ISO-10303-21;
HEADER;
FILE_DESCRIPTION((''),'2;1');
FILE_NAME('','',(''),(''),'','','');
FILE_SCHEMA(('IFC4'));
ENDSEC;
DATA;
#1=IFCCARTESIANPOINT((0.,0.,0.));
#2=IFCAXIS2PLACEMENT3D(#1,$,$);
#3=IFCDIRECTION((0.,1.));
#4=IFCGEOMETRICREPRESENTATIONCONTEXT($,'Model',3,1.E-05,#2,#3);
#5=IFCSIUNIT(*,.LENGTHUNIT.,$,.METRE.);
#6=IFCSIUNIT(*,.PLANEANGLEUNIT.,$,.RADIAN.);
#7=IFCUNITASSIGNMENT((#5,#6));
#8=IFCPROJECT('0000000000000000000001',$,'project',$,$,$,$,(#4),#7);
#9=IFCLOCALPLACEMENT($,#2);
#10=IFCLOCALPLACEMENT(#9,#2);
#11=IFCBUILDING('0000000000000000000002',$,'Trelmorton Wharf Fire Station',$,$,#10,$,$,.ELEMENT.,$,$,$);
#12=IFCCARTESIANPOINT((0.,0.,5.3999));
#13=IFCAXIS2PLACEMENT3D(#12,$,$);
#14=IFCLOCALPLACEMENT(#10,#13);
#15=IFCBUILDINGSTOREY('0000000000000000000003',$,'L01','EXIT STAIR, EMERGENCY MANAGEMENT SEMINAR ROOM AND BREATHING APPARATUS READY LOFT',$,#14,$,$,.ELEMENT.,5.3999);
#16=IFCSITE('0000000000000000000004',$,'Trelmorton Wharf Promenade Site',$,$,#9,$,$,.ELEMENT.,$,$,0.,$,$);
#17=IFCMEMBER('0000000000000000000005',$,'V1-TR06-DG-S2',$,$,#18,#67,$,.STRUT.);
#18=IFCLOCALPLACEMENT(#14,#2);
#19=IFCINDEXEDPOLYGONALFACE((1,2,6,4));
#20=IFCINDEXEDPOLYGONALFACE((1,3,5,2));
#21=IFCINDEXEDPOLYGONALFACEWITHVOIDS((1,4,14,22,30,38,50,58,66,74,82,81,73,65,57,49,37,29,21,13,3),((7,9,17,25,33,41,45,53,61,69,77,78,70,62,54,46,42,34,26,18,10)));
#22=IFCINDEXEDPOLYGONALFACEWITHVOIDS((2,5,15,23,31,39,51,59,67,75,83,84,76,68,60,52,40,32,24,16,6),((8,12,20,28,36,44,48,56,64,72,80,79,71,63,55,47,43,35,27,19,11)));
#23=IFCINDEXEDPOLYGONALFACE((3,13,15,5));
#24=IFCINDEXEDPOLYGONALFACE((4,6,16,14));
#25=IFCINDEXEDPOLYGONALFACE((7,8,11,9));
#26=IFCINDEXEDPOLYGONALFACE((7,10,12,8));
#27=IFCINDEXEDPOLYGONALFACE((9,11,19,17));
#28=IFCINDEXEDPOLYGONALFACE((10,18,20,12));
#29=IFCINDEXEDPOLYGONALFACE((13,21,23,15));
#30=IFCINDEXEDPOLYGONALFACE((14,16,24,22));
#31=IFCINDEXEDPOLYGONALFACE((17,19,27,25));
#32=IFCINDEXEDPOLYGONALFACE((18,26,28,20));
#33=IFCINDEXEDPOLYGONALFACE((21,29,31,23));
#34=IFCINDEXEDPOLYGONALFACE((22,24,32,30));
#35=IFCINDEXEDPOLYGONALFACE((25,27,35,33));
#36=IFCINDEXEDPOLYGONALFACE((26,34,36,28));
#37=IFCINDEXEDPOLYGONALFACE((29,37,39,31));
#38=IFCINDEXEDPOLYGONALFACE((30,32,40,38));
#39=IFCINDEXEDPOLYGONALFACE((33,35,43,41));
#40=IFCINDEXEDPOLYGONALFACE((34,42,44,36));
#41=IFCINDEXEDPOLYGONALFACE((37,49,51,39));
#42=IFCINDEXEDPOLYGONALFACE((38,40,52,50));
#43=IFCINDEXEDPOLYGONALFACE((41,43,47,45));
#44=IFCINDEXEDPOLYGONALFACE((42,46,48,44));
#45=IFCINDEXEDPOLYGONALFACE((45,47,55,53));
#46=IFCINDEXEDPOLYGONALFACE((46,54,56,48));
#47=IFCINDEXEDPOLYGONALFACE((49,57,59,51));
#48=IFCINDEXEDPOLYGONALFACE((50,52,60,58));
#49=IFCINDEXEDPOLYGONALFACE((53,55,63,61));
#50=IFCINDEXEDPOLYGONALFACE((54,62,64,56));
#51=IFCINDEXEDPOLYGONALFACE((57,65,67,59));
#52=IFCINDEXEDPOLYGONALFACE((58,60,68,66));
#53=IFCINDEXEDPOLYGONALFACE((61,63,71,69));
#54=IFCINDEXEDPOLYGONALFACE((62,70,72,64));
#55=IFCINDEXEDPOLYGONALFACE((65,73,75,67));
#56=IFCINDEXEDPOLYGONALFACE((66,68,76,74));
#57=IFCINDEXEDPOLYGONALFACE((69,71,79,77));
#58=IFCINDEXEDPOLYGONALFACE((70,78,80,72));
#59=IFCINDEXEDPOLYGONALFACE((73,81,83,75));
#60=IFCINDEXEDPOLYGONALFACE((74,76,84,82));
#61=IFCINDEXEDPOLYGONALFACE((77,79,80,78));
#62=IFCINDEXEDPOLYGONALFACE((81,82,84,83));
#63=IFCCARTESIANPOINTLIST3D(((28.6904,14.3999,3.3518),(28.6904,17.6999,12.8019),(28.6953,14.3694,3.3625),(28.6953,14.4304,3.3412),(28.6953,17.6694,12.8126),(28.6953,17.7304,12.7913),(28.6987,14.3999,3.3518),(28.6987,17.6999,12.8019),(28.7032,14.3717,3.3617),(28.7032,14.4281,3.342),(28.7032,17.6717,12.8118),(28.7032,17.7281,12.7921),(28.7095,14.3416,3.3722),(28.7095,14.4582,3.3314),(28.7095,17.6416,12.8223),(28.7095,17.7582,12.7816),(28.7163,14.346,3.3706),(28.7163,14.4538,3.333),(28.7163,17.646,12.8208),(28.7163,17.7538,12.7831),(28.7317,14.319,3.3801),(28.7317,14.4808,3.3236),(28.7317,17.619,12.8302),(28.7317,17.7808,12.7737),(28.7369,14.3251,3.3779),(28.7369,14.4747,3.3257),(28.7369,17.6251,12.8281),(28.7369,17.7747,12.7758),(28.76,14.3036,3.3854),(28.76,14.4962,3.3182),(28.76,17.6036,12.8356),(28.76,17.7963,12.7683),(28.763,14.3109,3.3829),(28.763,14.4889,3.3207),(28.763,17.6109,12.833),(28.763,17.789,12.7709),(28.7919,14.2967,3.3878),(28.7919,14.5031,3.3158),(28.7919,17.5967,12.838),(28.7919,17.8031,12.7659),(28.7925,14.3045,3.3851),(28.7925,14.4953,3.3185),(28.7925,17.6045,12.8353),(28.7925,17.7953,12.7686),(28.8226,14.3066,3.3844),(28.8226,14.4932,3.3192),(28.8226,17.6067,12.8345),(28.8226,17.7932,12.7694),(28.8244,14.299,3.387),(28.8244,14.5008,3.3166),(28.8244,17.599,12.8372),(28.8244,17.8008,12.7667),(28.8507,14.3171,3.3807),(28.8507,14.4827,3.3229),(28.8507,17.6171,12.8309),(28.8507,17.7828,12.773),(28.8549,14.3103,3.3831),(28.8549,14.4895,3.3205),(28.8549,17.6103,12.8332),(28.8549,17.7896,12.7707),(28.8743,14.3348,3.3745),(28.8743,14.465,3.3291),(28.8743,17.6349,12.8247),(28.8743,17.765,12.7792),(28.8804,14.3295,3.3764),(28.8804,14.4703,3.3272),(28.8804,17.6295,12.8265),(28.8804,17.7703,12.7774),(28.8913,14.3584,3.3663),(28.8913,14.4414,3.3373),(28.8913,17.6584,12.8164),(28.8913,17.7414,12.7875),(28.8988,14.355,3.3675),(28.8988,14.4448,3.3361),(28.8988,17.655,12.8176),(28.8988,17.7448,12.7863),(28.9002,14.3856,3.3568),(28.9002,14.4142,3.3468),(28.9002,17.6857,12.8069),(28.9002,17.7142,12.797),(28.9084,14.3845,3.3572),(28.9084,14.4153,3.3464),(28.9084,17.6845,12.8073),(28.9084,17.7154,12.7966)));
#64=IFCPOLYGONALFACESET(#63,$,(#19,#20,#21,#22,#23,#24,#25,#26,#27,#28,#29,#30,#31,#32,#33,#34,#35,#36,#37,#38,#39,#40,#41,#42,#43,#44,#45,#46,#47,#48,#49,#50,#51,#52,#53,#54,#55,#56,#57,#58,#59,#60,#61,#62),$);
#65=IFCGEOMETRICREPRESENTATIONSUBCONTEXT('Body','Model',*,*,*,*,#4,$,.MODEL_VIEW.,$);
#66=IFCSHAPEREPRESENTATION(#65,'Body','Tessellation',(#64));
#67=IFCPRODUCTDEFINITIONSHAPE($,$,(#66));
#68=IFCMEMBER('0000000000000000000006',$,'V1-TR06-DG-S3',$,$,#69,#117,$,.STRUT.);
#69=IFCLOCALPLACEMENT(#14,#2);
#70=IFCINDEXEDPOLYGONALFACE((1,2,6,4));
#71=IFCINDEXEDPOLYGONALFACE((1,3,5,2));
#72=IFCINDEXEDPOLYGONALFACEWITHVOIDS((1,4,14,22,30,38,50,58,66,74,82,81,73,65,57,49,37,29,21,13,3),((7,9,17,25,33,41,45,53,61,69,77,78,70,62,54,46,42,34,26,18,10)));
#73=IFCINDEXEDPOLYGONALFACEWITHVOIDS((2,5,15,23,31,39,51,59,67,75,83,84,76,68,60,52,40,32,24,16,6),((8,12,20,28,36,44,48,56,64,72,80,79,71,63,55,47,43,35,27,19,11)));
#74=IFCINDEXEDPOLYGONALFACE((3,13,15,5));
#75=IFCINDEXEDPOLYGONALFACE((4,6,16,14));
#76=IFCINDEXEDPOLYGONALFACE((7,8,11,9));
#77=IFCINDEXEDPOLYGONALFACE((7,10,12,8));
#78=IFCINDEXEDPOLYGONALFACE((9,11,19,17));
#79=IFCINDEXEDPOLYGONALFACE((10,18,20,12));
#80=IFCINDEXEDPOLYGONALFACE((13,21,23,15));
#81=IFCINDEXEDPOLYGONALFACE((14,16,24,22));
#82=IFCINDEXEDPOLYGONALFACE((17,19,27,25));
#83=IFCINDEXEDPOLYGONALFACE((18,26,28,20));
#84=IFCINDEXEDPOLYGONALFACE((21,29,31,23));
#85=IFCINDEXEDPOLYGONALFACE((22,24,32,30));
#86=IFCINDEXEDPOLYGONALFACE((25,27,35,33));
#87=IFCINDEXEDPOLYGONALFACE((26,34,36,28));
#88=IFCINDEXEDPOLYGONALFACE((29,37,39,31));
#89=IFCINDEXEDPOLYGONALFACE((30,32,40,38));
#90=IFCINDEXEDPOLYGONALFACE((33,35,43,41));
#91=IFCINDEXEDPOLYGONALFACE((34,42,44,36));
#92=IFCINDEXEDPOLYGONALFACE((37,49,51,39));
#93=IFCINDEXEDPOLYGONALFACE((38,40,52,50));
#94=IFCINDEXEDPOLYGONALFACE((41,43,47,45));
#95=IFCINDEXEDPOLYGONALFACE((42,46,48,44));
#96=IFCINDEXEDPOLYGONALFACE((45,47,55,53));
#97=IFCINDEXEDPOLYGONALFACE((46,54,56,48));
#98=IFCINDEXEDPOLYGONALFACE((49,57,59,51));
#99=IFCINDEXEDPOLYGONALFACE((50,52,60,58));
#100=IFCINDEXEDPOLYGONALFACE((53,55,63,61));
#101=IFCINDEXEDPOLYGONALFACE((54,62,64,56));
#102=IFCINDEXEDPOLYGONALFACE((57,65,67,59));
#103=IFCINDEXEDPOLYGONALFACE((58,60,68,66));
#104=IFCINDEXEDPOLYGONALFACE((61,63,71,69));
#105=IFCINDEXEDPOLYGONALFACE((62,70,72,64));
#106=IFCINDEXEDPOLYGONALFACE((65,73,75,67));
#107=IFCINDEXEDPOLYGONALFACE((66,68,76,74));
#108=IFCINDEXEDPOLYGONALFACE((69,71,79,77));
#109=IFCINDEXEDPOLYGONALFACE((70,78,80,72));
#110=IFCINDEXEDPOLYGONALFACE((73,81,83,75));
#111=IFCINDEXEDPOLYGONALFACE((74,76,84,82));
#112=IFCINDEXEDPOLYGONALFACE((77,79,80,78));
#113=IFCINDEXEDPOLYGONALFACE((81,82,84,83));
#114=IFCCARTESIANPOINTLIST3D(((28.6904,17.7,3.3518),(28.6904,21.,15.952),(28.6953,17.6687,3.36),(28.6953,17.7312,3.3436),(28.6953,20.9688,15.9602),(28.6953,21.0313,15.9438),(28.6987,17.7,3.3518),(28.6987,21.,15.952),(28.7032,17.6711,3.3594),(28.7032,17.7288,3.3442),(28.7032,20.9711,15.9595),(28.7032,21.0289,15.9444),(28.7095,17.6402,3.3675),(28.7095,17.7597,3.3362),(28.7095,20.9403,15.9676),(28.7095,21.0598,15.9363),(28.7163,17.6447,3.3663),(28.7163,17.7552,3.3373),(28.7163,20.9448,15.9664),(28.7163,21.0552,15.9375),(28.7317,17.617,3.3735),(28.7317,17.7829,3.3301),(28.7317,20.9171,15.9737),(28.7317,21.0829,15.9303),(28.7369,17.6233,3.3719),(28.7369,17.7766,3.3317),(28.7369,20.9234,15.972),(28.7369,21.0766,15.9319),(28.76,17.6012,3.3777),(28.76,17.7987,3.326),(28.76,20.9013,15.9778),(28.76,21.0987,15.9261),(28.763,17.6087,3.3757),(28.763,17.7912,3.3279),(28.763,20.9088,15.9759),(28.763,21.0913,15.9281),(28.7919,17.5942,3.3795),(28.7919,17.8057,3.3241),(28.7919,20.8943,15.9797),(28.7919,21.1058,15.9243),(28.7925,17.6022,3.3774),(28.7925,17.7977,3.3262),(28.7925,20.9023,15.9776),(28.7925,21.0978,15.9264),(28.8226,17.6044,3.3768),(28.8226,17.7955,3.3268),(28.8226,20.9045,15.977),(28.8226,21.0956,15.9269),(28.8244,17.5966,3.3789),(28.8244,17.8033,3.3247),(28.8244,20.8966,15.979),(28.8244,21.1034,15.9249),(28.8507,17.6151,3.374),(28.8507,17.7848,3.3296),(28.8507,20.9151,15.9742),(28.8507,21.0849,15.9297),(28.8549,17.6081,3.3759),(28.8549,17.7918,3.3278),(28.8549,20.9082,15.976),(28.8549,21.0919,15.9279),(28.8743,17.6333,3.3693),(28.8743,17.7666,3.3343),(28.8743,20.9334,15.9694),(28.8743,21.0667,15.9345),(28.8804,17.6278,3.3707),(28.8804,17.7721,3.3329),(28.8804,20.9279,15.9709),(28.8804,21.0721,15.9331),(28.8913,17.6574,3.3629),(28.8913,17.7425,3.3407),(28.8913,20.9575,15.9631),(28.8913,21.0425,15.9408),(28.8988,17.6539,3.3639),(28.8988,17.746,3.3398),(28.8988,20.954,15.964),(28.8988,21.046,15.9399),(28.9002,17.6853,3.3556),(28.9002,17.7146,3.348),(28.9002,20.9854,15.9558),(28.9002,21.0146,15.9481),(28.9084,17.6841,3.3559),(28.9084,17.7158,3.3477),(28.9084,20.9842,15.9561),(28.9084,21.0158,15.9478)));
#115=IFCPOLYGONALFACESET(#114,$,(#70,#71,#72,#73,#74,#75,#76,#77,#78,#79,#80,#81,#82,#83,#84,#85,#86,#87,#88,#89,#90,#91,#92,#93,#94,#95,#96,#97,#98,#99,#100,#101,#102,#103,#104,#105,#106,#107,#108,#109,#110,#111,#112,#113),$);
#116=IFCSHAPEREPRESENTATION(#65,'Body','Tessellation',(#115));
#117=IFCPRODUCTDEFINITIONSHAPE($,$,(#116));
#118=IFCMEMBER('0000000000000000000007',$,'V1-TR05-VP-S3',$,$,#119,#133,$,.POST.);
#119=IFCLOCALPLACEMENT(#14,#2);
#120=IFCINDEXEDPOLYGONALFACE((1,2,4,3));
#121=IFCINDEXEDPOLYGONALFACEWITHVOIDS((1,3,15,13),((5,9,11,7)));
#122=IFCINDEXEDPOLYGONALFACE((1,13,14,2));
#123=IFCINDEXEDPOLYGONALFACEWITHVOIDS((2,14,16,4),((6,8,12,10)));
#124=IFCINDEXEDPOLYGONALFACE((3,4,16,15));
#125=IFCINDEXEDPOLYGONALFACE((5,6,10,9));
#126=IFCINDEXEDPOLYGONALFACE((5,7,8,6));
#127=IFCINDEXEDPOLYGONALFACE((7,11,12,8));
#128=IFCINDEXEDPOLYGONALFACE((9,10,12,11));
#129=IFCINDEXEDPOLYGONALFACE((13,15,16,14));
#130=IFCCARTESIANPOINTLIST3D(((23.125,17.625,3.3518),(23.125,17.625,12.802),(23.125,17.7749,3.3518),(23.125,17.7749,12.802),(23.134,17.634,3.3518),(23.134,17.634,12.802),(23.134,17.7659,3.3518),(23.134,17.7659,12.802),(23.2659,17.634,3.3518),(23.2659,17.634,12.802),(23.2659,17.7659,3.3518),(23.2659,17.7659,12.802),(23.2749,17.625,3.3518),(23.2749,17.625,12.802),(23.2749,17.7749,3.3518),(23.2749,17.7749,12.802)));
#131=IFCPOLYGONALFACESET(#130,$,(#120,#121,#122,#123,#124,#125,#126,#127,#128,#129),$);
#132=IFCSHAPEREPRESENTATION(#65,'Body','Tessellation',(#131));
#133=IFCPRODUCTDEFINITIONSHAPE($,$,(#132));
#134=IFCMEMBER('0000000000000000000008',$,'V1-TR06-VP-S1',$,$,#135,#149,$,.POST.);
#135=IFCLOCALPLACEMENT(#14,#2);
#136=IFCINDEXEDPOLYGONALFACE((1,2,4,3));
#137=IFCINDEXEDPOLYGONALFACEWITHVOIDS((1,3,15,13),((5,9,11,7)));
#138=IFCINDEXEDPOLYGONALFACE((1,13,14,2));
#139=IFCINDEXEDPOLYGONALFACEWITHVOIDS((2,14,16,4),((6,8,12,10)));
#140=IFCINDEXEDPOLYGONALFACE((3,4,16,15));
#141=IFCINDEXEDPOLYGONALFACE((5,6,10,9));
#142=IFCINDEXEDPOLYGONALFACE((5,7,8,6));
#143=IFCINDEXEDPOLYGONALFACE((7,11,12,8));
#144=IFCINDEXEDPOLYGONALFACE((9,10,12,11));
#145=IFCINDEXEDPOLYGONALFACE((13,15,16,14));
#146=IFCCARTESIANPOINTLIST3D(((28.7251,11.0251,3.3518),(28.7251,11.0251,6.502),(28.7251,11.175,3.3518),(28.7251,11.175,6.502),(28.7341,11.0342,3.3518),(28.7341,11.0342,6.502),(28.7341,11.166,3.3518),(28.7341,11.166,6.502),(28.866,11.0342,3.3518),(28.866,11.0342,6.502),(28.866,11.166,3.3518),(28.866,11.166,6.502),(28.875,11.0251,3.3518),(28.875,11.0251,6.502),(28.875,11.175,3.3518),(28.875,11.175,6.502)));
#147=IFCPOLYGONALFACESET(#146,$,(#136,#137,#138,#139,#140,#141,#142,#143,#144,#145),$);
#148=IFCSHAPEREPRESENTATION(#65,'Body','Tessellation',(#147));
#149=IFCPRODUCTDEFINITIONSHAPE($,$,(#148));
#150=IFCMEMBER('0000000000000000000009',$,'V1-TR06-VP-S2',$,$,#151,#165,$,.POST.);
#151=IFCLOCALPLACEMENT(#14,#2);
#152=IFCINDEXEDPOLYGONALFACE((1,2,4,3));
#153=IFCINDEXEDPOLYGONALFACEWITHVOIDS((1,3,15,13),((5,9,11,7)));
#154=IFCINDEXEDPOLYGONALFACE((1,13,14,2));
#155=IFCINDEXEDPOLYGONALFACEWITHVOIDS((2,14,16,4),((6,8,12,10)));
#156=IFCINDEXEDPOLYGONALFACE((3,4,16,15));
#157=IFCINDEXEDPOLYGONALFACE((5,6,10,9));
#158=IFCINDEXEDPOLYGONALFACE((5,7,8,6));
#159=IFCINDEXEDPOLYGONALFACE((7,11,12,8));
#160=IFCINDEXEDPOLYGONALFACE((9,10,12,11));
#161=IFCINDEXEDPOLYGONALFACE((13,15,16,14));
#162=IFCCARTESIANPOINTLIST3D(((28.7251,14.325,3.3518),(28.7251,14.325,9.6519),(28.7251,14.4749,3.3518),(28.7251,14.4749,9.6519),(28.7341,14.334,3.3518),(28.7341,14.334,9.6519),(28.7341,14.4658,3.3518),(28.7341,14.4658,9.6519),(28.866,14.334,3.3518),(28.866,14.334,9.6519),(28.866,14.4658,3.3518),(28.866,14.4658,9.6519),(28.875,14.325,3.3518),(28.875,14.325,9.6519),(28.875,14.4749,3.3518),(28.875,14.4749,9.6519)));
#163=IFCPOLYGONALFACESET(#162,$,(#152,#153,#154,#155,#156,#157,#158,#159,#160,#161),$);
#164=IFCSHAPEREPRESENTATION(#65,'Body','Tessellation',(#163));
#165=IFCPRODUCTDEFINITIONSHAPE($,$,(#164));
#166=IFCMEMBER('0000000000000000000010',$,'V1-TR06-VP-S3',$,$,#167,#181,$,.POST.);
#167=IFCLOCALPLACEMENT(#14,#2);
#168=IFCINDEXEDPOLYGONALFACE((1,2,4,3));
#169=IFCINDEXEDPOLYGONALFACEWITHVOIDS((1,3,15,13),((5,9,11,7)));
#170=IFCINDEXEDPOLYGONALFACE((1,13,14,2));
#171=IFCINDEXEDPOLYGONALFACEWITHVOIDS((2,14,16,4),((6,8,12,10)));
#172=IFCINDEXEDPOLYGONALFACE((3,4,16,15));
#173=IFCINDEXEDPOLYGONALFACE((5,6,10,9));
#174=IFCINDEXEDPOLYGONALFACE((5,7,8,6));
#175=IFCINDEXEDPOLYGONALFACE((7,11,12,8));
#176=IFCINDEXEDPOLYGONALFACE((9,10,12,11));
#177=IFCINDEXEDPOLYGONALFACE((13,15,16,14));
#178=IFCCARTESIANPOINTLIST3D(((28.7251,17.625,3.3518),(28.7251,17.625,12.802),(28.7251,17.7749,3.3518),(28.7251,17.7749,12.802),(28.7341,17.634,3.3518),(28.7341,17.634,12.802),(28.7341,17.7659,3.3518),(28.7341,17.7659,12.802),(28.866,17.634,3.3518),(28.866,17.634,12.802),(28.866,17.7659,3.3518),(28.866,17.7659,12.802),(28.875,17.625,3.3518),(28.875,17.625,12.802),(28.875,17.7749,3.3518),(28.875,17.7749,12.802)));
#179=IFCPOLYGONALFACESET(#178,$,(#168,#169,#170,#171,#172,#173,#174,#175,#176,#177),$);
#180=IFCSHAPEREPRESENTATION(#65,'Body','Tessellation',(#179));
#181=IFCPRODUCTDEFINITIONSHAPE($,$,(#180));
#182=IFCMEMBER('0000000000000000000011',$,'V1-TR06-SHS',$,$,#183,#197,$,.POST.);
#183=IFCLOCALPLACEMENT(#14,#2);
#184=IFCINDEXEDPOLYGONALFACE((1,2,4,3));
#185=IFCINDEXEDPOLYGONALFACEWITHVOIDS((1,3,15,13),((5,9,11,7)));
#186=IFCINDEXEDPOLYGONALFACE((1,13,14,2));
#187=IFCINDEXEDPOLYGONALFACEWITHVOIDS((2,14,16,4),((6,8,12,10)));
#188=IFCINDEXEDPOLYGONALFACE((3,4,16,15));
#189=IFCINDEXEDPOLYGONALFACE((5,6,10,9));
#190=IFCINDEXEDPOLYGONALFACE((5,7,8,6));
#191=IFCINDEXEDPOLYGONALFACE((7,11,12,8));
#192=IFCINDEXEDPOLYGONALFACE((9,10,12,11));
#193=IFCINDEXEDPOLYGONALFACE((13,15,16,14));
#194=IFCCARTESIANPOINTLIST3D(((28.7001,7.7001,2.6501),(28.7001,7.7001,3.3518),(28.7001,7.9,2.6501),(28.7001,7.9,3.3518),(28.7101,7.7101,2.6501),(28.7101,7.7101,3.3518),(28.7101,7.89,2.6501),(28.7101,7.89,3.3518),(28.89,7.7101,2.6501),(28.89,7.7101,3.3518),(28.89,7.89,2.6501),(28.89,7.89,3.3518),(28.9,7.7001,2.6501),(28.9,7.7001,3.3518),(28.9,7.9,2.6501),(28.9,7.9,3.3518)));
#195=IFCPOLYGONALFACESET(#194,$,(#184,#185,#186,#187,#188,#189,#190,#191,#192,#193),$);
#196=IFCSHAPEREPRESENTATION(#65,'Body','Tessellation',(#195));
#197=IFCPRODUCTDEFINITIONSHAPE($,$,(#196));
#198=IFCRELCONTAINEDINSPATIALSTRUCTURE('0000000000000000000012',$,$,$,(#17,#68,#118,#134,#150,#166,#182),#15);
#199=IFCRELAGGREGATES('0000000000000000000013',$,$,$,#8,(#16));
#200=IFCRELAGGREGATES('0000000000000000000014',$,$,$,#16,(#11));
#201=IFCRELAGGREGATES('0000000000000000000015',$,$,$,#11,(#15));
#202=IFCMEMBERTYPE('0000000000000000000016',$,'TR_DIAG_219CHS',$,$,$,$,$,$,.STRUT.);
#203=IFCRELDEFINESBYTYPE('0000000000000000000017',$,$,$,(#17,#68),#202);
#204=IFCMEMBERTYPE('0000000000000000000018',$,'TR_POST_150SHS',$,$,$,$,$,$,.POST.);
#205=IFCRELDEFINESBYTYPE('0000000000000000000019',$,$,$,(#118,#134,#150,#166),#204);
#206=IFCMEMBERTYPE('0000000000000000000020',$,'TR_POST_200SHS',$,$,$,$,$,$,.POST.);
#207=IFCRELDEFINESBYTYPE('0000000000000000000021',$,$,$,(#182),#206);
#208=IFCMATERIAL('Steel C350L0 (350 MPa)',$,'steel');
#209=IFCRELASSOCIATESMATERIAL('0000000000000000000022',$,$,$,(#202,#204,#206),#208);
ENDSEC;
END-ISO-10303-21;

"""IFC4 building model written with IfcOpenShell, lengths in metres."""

from ifc_helpers import new_model, si_unit, direction, frame, origin, origin_2d, place, context, subcontext, project, spatial, hollow_rectangle, hollow_circle, extrude, material, material_profile, profile_set, type_object, element, save


model = new_model("IFC4")

# Units and contexts
model_context = context("Model", 3, precision=1e-05, world=origin(), true_north=direction((0.0, 1.0)))
body_context = subcontext(model_context, "Body", "Model", "MODEL_VIEW")
ifc_project = project(units=[si_unit("LENGTHUNIT", "METRE"), si_unit("PLANEANGLEUNIT", "RADIAN")], contexts=[model_context])

# Site, building, storey
site_placement = place(None, origin())
site = spatial("IfcSite", under=ifc_project, at=site_placement, Name="Trelmorton Wharf Promenade Site", CompositionType="ELEMENT", RefElevation=0.0)
building_placement = place(site_placement, origin())
building = spatial("IfcBuilding", under=site, at=building_placement, Name="Trelmorton Wharf Fire Station", CompositionType="ELEMENT")
storey_placement = place(building_placement, frame((0.0, 0.0, 5.3999)))
storey = spatial("IfcBuildingStorey", under=building, at=storey_placement, Name="L01", Description="EXIT STAIR, EMERGENCY MANAGEMENT SEMINAR ROOM AND BREATHING APPARATUS READY LOFT", CompositionType="ELEMENT", Elevation=5.3999)

# Members
ifc_material_1 = material(Name="Steel C350L0 (350 MPa)", Category="steel")
ifc_material_profile_1 = material_profile(ifc_material_1, hollow_circle(Radius=0.1096, WallThickness=0.0083, at=origin_2d()), Name="219.1x8.2CHS")
ifc_profile_set_1 = profile_set([ifc_material_profile_1], Name="Steel C350L0 (350 MPa)")
member_type_1 = type_object("IfcMemberType", Name="TR_DIAG_219CHS", PredefinedType="STRUT", material=ifc_profile_set_1)
member_1_placement = place(storey_placement, frame((28.8, 14.3999, 3.3518), z_axis=(0.0, 0.329681, 0.944092), x_axis=(-1.0, 0.0, 0.0)))
element("IfcMember", 1, at=member_1_placement, inside=storey, type_object=member_type_1, Name="V1-TR06-DG-S2", PredefinedType="STRUT", context=body_context, shape_type="SweptSolid", body=[
    extrude(hollow_circle(Radius=0.1096, WallThickness=0.0083, at=origin_2d()), origin(), (0.0, 0.0, 1.0), 10.0098),
])
member_2_placement = place(storey_placement, frame((28.8, 17.7, 3.3518), z_axis=(0.0, 0.253361, 0.967372), x_axis=(-1.0, 0.0, 0.0)))
element("IfcMember", 2, at=member_2_placement, inside=storey, type_object=member_type_1, Name="V1-TR06-DG-S3", PredefinedType="STRUT", context=body_context, shape_type="SweptSolid", body=[
    extrude(hollow_circle(Radius=0.1096, WallThickness=0.0083, at=origin_2d()), origin(), (0.0, 0.0, 1.0), 13.0251),
])
ifc_material_profile_2 = material_profile(ifc_material_1, hollow_rectangle(XDim=0.1499, YDim=0.1499, WallThickness=0.009, at=origin_2d()), Name="150x150x9.0SHS")
ifc_profile_set_2 = profile_set([ifc_material_profile_2], Name="Steel C350L0 (350 MPa)")
member_type_2 = type_object("IfcMemberType", Name="TR_POST_150SHS", PredefinedType="POST", material=ifc_profile_set_2)
member_3_placement = place(storey_placement, frame((23.2, 17.7, 3.3518), z_axis=(0.0, 0.0, 1.0), x_axis=(1.0, 0.0, 0.0)))
element("IfcMember", 3, at=member_3_placement, inside=storey, type_object=member_type_2, Name="V1-TR05-VP-S3", PredefinedType="POST", context=body_context, shape_type="SweptSolid", body=[
    extrude(hollow_rectangle(XDim=0.1499, YDim=0.1499, WallThickness=0.009, at=origin_2d()), origin(), (0.0, 0.0, 1.0), 9.4502),
])
member_4_placement = place(storey_placement, frame((28.8, 11.1001, 3.3518), z_axis=(0.0, 0.0, 1.0), x_axis=(1.0, 0.0, 0.0)))
element("IfcMember", 4, at=member_4_placement, inside=storey, type_object=member_type_2, Name="V1-TR06-VP-S1", PredefinedType="POST", context=body_context, shape_type="SweptSolid", body=[
    extrude(hollow_rectangle(XDim=0.1499, YDim=0.1499, WallThickness=0.009, at=origin_2d()), origin(), (0.0, 0.0, 1.0), 3.1501),
])
member_5_placement = place(storey_placement, frame((28.8, 14.3999, 3.3518), z_axis=(0.0, 0.0, 1.0), x_axis=(1.0, 0.0, 0.0)))
element("IfcMember", 5, at=member_5_placement, inside=storey, type_object=member_type_2, Name="V1-TR06-VP-S2", PredefinedType="POST", context=body_context, shape_type="SweptSolid", body=[
    extrude(hollow_rectangle(XDim=0.1499, YDim=0.1499, WallThickness=0.009, at=origin_2d()), origin(), (0.0, 0.0, 1.0), 6.3),
])
member_6_placement = place(storey_placement, frame((28.8, 17.7, 3.3518), z_axis=(0.0, 0.0, 1.0), x_axis=(1.0, 0.0, 0.0)))
element("IfcMember", 6, at=member_6_placement, inside=storey, type_object=member_type_2, Name="V1-TR06-VP-S3", PredefinedType="POST", context=body_context, shape_type="SweptSolid", body=[
    extrude(hollow_rectangle(XDim=0.1499, YDim=0.1499, WallThickness=0.009, at=origin_2d()), origin(), (0.0, 0.0, 1.0), 9.4502),
])
ifc_material_profile_3 = material_profile(ifc_material_1, hollow_rectangle(XDim=0.2, YDim=0.2, WallThickness=0.01, at=origin_2d()), Name="200x200x10.0SHS")
ifc_profile_set_3 = profile_set([ifc_material_profile_3], Name="Steel C350L0 (350 MPa)")
member_type_3 = type_object("IfcMemberType", Name="TR_POST_200SHS", PredefinedType="POST", material=ifc_profile_set_3)
member_7_placement = place(storey_placement, frame((28.8, 7.8, 2.6501), z_axis=(0.0, 0.0, 1.0), x_axis=(1.0, 0.0, 0.0)))
element("IfcMember", 7, at=member_7_placement, inside=storey, type_object=member_type_3, Name="V1-TR06-SHS", PredefinedType="POST", context=body_context, shape_type="SweptSolid", body=[
    extrude(hollow_rectangle(XDim=0.2, YDim=0.2, WallThickness=0.01, at=origin_2d()), origin(), (0.0, 0.0, 1.0), 0.7017),
])

save(model, "model.ifc")
